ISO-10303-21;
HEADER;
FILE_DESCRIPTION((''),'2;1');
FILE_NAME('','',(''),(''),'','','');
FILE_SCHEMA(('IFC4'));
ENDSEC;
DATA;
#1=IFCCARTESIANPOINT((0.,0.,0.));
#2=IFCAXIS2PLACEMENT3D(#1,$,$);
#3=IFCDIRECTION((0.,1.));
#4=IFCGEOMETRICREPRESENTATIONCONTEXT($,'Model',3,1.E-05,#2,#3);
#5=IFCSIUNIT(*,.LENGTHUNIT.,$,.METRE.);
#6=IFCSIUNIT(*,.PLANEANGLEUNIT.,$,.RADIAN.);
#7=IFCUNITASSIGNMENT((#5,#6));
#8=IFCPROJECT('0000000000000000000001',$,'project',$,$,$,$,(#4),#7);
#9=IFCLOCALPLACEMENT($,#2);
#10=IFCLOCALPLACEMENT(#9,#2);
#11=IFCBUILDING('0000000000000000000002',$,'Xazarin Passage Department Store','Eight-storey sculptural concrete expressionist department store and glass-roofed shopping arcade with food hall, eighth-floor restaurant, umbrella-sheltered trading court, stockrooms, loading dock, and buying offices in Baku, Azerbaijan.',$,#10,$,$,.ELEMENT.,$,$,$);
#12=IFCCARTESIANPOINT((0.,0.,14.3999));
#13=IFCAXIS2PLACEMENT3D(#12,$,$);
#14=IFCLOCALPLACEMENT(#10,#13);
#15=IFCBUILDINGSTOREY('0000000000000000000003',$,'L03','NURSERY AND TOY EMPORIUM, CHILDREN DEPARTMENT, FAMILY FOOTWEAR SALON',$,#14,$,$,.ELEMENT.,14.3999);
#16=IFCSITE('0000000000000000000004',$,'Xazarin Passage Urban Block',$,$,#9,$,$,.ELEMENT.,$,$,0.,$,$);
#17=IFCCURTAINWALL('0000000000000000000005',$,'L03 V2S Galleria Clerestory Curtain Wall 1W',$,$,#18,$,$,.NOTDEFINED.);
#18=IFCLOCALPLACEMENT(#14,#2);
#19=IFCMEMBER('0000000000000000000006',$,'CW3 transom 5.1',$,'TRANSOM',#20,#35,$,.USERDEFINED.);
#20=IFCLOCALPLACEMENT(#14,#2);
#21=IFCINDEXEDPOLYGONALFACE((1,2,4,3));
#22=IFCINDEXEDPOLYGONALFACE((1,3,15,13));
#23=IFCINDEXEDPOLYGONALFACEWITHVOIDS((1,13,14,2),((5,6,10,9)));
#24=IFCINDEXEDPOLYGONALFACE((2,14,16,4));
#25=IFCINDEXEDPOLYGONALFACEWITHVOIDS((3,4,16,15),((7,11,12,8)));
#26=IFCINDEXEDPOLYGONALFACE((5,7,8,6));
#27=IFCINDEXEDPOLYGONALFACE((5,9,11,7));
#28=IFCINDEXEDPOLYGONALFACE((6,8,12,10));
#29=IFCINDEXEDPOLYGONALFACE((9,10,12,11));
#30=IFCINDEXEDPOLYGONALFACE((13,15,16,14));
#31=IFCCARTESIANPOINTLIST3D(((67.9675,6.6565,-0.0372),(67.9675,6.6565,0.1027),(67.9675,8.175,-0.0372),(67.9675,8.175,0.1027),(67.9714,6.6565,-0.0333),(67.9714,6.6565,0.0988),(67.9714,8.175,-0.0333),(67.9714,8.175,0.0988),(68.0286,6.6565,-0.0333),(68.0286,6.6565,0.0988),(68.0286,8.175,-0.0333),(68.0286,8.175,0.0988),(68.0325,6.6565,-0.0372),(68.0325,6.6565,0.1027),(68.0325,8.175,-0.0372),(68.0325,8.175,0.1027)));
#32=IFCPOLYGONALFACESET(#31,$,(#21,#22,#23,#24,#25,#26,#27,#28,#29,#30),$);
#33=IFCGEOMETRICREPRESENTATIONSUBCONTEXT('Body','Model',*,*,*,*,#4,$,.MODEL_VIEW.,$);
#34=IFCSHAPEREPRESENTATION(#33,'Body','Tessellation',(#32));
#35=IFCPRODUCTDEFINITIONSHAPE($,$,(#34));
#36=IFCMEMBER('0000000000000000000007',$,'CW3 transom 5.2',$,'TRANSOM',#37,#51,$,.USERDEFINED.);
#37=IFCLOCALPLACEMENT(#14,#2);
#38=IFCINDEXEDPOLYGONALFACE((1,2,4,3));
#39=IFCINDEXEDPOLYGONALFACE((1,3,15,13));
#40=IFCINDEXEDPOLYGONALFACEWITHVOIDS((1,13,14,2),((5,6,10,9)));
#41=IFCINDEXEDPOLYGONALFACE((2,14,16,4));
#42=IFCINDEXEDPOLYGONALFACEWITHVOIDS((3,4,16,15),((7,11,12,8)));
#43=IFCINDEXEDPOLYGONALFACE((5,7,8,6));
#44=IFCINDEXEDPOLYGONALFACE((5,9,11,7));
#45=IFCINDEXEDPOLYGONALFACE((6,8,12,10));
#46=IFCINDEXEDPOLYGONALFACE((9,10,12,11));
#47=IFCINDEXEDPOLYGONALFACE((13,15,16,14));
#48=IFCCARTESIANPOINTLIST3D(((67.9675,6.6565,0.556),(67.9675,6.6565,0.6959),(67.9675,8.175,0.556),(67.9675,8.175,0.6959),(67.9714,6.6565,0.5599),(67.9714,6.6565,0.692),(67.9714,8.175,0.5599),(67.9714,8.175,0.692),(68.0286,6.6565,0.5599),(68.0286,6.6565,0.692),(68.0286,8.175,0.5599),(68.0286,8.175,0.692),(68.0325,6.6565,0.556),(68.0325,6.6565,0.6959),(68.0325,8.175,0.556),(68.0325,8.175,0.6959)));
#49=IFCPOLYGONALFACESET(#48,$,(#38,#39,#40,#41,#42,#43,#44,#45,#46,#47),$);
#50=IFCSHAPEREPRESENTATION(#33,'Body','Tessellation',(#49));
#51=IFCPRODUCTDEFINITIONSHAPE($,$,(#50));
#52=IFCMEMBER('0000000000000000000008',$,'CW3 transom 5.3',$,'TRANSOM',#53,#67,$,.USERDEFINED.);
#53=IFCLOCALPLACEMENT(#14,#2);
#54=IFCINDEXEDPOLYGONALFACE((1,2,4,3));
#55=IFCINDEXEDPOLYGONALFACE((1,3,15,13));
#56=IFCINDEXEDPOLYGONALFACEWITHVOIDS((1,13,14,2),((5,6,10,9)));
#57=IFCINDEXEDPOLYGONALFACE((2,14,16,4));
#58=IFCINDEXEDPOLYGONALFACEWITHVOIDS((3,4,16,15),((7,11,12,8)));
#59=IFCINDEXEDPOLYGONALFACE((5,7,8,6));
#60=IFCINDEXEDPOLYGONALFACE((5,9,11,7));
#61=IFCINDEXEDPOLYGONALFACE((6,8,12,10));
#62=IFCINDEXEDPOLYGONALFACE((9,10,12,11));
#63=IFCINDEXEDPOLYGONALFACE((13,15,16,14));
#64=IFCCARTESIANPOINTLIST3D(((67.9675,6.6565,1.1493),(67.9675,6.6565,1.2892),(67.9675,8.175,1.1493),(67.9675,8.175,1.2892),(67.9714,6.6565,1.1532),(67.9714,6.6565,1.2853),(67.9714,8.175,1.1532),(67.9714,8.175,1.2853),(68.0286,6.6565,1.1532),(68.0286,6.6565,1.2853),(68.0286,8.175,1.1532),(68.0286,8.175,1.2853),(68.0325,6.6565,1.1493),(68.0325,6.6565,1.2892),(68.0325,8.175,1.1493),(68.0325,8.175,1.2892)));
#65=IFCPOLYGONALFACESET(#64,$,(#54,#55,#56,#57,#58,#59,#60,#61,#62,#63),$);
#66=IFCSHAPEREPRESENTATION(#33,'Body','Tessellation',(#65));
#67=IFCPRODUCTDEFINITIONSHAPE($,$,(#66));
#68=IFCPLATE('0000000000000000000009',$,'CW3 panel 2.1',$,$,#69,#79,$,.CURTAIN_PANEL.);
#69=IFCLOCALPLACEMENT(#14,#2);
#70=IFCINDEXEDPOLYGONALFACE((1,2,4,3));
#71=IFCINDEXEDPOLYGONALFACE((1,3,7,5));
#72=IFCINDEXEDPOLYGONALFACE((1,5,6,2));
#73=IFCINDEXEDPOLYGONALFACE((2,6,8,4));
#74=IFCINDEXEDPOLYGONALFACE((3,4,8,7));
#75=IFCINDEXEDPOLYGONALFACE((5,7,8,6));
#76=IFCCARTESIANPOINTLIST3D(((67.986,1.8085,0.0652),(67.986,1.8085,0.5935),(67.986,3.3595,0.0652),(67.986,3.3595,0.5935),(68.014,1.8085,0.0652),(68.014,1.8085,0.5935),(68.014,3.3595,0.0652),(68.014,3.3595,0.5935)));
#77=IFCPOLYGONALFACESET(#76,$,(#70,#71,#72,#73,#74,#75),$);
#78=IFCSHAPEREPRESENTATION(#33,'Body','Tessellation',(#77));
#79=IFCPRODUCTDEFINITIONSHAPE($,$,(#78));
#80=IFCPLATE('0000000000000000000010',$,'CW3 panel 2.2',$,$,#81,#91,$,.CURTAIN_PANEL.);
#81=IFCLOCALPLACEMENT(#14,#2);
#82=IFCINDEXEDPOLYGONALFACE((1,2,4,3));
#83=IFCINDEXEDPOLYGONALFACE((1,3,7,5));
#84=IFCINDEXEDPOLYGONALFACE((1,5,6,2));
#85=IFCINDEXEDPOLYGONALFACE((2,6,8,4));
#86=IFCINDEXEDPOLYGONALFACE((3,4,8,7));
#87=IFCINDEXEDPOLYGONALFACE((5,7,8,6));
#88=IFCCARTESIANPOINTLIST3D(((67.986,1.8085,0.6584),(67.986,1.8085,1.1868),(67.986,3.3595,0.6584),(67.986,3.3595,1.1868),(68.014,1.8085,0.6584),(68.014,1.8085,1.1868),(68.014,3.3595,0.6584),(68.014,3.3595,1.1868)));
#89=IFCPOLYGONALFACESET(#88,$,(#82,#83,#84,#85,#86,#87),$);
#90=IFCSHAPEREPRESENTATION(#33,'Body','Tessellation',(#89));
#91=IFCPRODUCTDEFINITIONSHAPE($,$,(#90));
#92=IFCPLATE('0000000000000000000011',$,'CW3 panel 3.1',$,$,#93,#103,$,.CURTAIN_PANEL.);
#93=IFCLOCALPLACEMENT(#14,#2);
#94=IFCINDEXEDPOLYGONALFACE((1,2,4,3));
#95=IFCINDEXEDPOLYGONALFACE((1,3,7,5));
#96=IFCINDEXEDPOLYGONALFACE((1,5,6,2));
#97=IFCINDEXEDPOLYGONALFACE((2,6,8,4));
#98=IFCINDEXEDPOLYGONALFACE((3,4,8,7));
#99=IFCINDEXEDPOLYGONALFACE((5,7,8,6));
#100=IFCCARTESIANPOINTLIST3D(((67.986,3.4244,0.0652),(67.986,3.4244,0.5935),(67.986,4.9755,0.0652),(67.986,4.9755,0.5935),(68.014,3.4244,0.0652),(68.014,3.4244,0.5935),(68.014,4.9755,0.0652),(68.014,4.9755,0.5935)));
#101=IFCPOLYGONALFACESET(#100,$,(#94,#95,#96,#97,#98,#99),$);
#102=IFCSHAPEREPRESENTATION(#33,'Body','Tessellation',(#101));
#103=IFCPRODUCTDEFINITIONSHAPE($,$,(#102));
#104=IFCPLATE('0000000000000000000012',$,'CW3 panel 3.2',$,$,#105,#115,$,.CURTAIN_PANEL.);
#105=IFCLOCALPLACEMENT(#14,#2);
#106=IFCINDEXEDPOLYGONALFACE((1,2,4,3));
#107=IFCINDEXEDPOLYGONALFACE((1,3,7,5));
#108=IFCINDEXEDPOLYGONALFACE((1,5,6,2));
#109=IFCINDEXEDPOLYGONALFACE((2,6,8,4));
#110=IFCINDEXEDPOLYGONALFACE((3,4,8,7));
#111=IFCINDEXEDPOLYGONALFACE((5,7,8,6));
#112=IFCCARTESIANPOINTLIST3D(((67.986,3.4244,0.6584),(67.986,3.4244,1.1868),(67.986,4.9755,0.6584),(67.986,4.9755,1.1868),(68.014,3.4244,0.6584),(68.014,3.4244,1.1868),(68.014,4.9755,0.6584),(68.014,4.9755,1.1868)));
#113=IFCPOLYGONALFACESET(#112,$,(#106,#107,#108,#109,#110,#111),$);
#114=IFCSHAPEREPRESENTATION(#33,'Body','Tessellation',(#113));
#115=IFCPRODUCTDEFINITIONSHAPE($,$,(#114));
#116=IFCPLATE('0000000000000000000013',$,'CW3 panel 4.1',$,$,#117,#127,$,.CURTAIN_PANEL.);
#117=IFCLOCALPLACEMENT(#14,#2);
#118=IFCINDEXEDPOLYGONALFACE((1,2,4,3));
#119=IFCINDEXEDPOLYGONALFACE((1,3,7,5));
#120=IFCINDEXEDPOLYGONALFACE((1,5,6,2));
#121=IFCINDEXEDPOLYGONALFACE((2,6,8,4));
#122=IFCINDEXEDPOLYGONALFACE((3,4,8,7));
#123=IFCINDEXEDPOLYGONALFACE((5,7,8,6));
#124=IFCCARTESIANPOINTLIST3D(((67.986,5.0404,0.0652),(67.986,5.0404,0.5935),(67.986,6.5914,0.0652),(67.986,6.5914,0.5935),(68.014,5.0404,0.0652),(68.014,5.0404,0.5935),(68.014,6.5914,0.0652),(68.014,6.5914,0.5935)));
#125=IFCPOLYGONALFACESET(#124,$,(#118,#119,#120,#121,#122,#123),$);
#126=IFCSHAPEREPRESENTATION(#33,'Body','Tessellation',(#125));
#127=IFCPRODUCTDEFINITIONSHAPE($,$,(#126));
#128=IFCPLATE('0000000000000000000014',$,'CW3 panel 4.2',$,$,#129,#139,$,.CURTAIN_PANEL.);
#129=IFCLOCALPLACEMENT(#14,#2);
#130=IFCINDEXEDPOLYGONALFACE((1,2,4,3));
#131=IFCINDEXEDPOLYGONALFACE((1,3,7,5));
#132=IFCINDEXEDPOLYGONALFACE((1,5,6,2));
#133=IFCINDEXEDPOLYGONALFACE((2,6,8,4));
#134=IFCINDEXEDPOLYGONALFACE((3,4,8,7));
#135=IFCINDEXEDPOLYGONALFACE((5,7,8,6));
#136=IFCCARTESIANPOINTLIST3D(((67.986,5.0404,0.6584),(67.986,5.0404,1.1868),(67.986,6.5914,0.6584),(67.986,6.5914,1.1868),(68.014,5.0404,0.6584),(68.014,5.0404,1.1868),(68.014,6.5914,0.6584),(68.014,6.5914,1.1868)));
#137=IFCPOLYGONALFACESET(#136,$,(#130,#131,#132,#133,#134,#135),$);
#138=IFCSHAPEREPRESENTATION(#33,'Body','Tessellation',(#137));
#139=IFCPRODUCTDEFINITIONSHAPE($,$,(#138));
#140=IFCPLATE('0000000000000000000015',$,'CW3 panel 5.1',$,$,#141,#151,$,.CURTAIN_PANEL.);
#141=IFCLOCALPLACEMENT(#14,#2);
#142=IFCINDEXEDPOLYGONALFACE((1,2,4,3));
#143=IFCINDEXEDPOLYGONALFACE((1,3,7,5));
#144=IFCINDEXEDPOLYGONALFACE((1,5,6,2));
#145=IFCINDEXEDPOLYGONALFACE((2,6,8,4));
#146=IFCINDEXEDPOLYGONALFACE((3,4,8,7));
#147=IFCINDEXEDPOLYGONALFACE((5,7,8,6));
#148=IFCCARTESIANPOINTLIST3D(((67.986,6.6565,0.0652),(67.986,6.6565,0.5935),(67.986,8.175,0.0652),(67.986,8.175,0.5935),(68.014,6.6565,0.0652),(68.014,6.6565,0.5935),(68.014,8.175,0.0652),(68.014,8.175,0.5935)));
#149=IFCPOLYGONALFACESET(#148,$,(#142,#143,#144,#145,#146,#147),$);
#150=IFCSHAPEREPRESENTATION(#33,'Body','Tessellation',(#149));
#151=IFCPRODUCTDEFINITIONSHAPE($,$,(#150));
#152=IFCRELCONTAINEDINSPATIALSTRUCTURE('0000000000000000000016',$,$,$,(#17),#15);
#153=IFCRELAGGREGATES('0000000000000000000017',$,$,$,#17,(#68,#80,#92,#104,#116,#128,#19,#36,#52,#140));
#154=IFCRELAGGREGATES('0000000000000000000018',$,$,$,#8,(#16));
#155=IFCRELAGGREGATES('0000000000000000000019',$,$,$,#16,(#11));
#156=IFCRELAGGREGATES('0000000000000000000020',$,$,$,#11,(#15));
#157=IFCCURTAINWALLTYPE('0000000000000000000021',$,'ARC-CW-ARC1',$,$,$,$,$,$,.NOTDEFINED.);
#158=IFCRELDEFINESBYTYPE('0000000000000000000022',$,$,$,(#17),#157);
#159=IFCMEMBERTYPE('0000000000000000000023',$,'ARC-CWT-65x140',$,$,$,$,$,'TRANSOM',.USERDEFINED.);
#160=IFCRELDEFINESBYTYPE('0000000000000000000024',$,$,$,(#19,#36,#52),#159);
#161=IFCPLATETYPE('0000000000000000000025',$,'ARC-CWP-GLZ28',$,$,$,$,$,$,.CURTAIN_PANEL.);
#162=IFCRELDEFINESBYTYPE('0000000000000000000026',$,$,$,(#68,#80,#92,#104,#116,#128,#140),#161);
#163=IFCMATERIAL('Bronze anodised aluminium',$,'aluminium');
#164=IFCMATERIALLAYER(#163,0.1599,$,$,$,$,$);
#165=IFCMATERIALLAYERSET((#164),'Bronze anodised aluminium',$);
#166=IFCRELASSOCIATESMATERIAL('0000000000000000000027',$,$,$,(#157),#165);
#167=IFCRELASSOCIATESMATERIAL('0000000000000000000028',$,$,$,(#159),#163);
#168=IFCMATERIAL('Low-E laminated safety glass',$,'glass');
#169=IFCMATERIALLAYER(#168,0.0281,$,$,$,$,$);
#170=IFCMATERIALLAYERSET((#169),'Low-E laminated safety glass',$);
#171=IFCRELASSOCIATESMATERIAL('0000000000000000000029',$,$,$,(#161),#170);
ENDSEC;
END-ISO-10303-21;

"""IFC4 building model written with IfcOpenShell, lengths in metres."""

from ifc_helpers import new_model, si_unit, direction, frame, origin, origin_2d, place, context, subcontext, project, spatial, rectangle, hollow_rectangle, extrude, material, layer, layer_set, material_profile, profile_set, type_object, element, aggregate, save


model = new_model("IFC4")

# Units and contexts
model_context = context("Model", 3, precision=1e-05, world=origin(), true_north=direction((0.0, 1.0)))
body_context = subcontext(model_context, "Body", "Model", "MODEL_VIEW")
ifc_project = project(units=[si_unit("LENGTHUNIT", "METRE"), si_unit("PLANEANGLEUNIT", "RADIAN")], contexts=[model_context])

# Site, building, storey
site_placement = place(None, origin())
site = spatial("IfcSite", under=ifc_project, at=site_placement, Name="Xazarin Passage Urban Block", CompositionType="ELEMENT", RefElevation=0.0)
building_placement = place(site_placement, origin())
building = spatial("IfcBuilding", under=site, at=building_placement, Name="Xazarin Passage Department Store", Description="Eight-storey sculptural concrete expressionist department store and glass-roofed shopping arcade with food hall, eighth-floor restaurant, umbrella-sheltered trading court, stockrooms, loading dock, and buying offices in Baku, Azerbaijan.", CompositionType="ELEMENT")
storey_placement = place(building_placement, frame((0.0, 0.0, 14.3999)))
storey = spatial("IfcBuildingStorey", under=building, at=storey_placement, Name="L03", Description="NURSERY AND TOY EMPORIUM, CHILDREN DEPARTMENT, FAMILY FOOTWEAR SALON", CompositionType="ELEMENT", Elevation=14.3999)

# Curtain wall, members, plates
ifc_material_1 = material(Name="Bronze anodised aluminium", Category="aluminium")
ifc_layer_1 = layer(ifc_material_1, 0.1599)
ifc_layer_set_1 = layer_set([ifc_layer_1], Name="Bronze anodised aluminium")
curtain_wall_type = type_object("IfcCurtainWallType", Name="ARC-CW-ARC1", PredefinedType="NOTDEFINED", material=ifc_layer_set_1)
curtain_wall_placement = place(storey_placement, origin())
curtain_wall = element("IfcCurtainWall", 1, at=curtain_wall_placement, inside=storey, type_object=curtain_wall_type, Name="L03 V2S Galleria Clerestory Curtain Wall 1W", PredefinedType="NOTDEFINED")
ifc_material_profile_1 = material_profile(ifc_material_1, hollow_rectangle(XDim=0.0649, YDim=0.1399, WallThickness=0.0039, at=origin_2d()), Name="ALU 65x140")
ifc_profile_set_1 = profile_set([ifc_material_profile_1], Name="Bronze anodised aluminium")
member_type_1 = type_object("IfcMemberType", Name="ARC-CWT-65x140", ElementType="TRANSOM", PredefinedType="USERDEFINED", material=ifc_profile_set_1)
member_1_placement = place(storey_placement, frame((68.0, 6.6565, 0.0327), z_axis=(0.0, 1.0, 0.0), x_axis=(-1.0, 0.0, 0.0)))
member_1 = element("IfcMember", 2, at=member_1_placement, type_object=member_type_1, Name="CW3 transom 5.1", ObjectType="TRANSOM", PredefinedType="USERDEFINED", context=body_context, shape_type="SweptSolid", body=[
    extrude(hollow_rectangle(XDim=0.0649, YDim=0.1399, WallThickness=0.0039, at=origin_2d()), origin(), (0.0, 0.0, 1.0), 1.5186),
])
member_2_placement = place(storey_placement, frame((68.0, 6.6565, 0.626), z_axis=(0.0, 1.0, 0.0), x_axis=(-1.0, 0.0, 0.0)))
member_2 = element("IfcMember", 3, at=member_2_placement, type_object=member_type_1, Name="CW3 transom 5.2", ObjectType="TRANSOM", PredefinedType="USERDEFINED", context=body_context, shape_type="SweptSolid", body=[
    extrude(hollow_rectangle(XDim=0.0649, YDim=0.1399, WallThickness=0.0039, at=origin_2d()), origin(), (0.0, 0.0, 1.0), 1.5186),
])
member_3_placement = place(storey_placement, frame((68.0, 6.6565, 1.2192), z_axis=(0.0, 1.0, 0.0), x_axis=(-1.0, 0.0, 0.0)))
member_3 = element("IfcMember", 4, at=member_3_placement, type_object=member_type_1, Name="CW3 transom 5.3", ObjectType="TRANSOM", PredefinedType="USERDEFINED", context=body_context, shape_type="SweptSolid", body=[
    extrude(hollow_rectangle(XDim=0.0649, YDim=0.1399, WallThickness=0.0039, at=origin_2d()), origin(), (0.0, 0.0, 1.0), 1.5186),
])
ifc_material_2 = material(Name="Low-E laminated safety glass", Category="glass")
ifc_layer_2 = layer(ifc_material_2, 0.0281)
ifc_layer_set_2 = layer_set([ifc_layer_2], Name="Low-E laminated safety glass")
plate_type = type_object("IfcPlateType", Name="ARC-CWP-GLZ28", PredefinedType="CURTAIN_PANEL", material=ifc_layer_set_2)
plate_1_placement = place(storey_placement, frame((68.0, 2.584, 0.0652), z_axis=(0.0, 0.0, 1.0), x_axis=(0.0, 1.0, 0.0)))
plate_1 = element("IfcPlate", 5, at=plate_1_placement, type_object=plate_type, Name="CW3 panel 2.1", PredefinedType="CURTAIN_PANEL", context=body_context, shape_type="SweptSolid", body=[
    extrude(rectangle(XDim=1.551, YDim=0.0281, at=origin_2d()), origin(), (0.0, 0.0, 1.0), 0.5283),
])
plate_2_placement = place(storey_placement, frame((68.0, 2.584, 0.6584), z_axis=(0.0, 0.0, 1.0), x_axis=(0.0, 1.0, 0.0)))
plate_2 = element("IfcPlate", 6, at=plate_2_placement, type_object=plate_type, Name="CW3 panel 2.2", PredefinedType="CURTAIN_PANEL", context=body_context, shape_type="SweptSolid", body=[
    extrude(rectangle(XDim=1.551, YDim=0.0281, at=origin_2d()), origin(), (0.0, 0.0, 1.0), 0.5283),
])
plate_3_placement = place(storey_placement, frame((68.0, 4.2, 0.0652), z_axis=(0.0, 0.0, 1.0), x_axis=(0.0, 1.0, 0.0)))
plate_3 = element("IfcPlate", 7, at=plate_3_placement, type_object=plate_type, Name="CW3 panel 3.1", PredefinedType="CURTAIN_PANEL", context=body_context, shape_type="SweptSolid", body=[
    extrude(rectangle(XDim=1.551, YDim=0.0281, at=origin_2d()), origin(), (0.0, 0.0, 1.0), 0.5283),
])
plate_4_placement = place(storey_placement, frame((68.0, 4.2, 0.6584), z_axis=(0.0, 0.0, 1.0), x_axis=(0.0, 1.0, 0.0)))
plate_4 = element("IfcPlate", 8, at=plate_4_placement, type_object=plate_type, Name="CW3 panel 3.2", PredefinedType="CURTAIN_PANEL", context=body_context, shape_type="SweptSolid", body=[
    extrude(rectangle(XDim=1.551, YDim=0.0281, at=origin_2d()), origin(), (0.0, 0.0, 1.0), 0.5283),
])
plate_5_placement = place(storey_placement, frame((68.0, 5.8159, 0.0652), z_axis=(0.0, 0.0, 1.0), x_axis=(0.0, 1.0, 0.0)))
plate_5 = element("IfcPlate", 9, at=plate_5_placement, type_object=plate_type, Name="CW3 panel 4.1", PredefinedType="CURTAIN_PANEL", context=body_context, shape_type="SweptSolid", body=[
    extrude(rectangle(XDim=1.551, YDim=0.0281, at=origin_2d()), origin(), (0.0, 0.0, 1.0), 0.5283),
])
plate_6_placement = place(storey_placement, frame((68.0, 5.8159, 0.6584), z_axis=(0.0, 0.0, 1.0), x_axis=(0.0, 1.0, 0.0)))
plate_6 = element("IfcPlate", 10, at=plate_6_placement, type_object=plate_type, Name="CW3 panel 4.2", PredefinedType="CURTAIN_PANEL", context=body_context, shape_type="SweptSolid", body=[
    extrude(rectangle(XDim=1.551, YDim=0.0281, at=origin_2d()), origin(), (0.0, 0.0, 1.0), 0.5283),
])
plate_7_placement = place(storey_placement, frame((68.0, 7.4158, 0.0652), z_axis=(0.0, 0.0, 1.0), x_axis=(0.0, 1.0, 0.0)))
plate_7 = element("IfcPlate", 11, at=plate_7_placement, type_object=plate_type, Name="CW3 panel 5.1", PredefinedType="CURTAIN_PANEL", context=body_context, shape_type="SweptSolid", body=[
    extrude(rectangle(XDim=1.5186, YDim=0.0281, at=origin_2d()), origin(), (0.0, 0.0, 1.0), 0.5283),
])
aggregate(curtain_wall, [plate_1, plate_2, plate_3, plate_4, plate_5, plate_6, member_1, member_2, member_3, plate_7])

save(model, "model.ifc")
